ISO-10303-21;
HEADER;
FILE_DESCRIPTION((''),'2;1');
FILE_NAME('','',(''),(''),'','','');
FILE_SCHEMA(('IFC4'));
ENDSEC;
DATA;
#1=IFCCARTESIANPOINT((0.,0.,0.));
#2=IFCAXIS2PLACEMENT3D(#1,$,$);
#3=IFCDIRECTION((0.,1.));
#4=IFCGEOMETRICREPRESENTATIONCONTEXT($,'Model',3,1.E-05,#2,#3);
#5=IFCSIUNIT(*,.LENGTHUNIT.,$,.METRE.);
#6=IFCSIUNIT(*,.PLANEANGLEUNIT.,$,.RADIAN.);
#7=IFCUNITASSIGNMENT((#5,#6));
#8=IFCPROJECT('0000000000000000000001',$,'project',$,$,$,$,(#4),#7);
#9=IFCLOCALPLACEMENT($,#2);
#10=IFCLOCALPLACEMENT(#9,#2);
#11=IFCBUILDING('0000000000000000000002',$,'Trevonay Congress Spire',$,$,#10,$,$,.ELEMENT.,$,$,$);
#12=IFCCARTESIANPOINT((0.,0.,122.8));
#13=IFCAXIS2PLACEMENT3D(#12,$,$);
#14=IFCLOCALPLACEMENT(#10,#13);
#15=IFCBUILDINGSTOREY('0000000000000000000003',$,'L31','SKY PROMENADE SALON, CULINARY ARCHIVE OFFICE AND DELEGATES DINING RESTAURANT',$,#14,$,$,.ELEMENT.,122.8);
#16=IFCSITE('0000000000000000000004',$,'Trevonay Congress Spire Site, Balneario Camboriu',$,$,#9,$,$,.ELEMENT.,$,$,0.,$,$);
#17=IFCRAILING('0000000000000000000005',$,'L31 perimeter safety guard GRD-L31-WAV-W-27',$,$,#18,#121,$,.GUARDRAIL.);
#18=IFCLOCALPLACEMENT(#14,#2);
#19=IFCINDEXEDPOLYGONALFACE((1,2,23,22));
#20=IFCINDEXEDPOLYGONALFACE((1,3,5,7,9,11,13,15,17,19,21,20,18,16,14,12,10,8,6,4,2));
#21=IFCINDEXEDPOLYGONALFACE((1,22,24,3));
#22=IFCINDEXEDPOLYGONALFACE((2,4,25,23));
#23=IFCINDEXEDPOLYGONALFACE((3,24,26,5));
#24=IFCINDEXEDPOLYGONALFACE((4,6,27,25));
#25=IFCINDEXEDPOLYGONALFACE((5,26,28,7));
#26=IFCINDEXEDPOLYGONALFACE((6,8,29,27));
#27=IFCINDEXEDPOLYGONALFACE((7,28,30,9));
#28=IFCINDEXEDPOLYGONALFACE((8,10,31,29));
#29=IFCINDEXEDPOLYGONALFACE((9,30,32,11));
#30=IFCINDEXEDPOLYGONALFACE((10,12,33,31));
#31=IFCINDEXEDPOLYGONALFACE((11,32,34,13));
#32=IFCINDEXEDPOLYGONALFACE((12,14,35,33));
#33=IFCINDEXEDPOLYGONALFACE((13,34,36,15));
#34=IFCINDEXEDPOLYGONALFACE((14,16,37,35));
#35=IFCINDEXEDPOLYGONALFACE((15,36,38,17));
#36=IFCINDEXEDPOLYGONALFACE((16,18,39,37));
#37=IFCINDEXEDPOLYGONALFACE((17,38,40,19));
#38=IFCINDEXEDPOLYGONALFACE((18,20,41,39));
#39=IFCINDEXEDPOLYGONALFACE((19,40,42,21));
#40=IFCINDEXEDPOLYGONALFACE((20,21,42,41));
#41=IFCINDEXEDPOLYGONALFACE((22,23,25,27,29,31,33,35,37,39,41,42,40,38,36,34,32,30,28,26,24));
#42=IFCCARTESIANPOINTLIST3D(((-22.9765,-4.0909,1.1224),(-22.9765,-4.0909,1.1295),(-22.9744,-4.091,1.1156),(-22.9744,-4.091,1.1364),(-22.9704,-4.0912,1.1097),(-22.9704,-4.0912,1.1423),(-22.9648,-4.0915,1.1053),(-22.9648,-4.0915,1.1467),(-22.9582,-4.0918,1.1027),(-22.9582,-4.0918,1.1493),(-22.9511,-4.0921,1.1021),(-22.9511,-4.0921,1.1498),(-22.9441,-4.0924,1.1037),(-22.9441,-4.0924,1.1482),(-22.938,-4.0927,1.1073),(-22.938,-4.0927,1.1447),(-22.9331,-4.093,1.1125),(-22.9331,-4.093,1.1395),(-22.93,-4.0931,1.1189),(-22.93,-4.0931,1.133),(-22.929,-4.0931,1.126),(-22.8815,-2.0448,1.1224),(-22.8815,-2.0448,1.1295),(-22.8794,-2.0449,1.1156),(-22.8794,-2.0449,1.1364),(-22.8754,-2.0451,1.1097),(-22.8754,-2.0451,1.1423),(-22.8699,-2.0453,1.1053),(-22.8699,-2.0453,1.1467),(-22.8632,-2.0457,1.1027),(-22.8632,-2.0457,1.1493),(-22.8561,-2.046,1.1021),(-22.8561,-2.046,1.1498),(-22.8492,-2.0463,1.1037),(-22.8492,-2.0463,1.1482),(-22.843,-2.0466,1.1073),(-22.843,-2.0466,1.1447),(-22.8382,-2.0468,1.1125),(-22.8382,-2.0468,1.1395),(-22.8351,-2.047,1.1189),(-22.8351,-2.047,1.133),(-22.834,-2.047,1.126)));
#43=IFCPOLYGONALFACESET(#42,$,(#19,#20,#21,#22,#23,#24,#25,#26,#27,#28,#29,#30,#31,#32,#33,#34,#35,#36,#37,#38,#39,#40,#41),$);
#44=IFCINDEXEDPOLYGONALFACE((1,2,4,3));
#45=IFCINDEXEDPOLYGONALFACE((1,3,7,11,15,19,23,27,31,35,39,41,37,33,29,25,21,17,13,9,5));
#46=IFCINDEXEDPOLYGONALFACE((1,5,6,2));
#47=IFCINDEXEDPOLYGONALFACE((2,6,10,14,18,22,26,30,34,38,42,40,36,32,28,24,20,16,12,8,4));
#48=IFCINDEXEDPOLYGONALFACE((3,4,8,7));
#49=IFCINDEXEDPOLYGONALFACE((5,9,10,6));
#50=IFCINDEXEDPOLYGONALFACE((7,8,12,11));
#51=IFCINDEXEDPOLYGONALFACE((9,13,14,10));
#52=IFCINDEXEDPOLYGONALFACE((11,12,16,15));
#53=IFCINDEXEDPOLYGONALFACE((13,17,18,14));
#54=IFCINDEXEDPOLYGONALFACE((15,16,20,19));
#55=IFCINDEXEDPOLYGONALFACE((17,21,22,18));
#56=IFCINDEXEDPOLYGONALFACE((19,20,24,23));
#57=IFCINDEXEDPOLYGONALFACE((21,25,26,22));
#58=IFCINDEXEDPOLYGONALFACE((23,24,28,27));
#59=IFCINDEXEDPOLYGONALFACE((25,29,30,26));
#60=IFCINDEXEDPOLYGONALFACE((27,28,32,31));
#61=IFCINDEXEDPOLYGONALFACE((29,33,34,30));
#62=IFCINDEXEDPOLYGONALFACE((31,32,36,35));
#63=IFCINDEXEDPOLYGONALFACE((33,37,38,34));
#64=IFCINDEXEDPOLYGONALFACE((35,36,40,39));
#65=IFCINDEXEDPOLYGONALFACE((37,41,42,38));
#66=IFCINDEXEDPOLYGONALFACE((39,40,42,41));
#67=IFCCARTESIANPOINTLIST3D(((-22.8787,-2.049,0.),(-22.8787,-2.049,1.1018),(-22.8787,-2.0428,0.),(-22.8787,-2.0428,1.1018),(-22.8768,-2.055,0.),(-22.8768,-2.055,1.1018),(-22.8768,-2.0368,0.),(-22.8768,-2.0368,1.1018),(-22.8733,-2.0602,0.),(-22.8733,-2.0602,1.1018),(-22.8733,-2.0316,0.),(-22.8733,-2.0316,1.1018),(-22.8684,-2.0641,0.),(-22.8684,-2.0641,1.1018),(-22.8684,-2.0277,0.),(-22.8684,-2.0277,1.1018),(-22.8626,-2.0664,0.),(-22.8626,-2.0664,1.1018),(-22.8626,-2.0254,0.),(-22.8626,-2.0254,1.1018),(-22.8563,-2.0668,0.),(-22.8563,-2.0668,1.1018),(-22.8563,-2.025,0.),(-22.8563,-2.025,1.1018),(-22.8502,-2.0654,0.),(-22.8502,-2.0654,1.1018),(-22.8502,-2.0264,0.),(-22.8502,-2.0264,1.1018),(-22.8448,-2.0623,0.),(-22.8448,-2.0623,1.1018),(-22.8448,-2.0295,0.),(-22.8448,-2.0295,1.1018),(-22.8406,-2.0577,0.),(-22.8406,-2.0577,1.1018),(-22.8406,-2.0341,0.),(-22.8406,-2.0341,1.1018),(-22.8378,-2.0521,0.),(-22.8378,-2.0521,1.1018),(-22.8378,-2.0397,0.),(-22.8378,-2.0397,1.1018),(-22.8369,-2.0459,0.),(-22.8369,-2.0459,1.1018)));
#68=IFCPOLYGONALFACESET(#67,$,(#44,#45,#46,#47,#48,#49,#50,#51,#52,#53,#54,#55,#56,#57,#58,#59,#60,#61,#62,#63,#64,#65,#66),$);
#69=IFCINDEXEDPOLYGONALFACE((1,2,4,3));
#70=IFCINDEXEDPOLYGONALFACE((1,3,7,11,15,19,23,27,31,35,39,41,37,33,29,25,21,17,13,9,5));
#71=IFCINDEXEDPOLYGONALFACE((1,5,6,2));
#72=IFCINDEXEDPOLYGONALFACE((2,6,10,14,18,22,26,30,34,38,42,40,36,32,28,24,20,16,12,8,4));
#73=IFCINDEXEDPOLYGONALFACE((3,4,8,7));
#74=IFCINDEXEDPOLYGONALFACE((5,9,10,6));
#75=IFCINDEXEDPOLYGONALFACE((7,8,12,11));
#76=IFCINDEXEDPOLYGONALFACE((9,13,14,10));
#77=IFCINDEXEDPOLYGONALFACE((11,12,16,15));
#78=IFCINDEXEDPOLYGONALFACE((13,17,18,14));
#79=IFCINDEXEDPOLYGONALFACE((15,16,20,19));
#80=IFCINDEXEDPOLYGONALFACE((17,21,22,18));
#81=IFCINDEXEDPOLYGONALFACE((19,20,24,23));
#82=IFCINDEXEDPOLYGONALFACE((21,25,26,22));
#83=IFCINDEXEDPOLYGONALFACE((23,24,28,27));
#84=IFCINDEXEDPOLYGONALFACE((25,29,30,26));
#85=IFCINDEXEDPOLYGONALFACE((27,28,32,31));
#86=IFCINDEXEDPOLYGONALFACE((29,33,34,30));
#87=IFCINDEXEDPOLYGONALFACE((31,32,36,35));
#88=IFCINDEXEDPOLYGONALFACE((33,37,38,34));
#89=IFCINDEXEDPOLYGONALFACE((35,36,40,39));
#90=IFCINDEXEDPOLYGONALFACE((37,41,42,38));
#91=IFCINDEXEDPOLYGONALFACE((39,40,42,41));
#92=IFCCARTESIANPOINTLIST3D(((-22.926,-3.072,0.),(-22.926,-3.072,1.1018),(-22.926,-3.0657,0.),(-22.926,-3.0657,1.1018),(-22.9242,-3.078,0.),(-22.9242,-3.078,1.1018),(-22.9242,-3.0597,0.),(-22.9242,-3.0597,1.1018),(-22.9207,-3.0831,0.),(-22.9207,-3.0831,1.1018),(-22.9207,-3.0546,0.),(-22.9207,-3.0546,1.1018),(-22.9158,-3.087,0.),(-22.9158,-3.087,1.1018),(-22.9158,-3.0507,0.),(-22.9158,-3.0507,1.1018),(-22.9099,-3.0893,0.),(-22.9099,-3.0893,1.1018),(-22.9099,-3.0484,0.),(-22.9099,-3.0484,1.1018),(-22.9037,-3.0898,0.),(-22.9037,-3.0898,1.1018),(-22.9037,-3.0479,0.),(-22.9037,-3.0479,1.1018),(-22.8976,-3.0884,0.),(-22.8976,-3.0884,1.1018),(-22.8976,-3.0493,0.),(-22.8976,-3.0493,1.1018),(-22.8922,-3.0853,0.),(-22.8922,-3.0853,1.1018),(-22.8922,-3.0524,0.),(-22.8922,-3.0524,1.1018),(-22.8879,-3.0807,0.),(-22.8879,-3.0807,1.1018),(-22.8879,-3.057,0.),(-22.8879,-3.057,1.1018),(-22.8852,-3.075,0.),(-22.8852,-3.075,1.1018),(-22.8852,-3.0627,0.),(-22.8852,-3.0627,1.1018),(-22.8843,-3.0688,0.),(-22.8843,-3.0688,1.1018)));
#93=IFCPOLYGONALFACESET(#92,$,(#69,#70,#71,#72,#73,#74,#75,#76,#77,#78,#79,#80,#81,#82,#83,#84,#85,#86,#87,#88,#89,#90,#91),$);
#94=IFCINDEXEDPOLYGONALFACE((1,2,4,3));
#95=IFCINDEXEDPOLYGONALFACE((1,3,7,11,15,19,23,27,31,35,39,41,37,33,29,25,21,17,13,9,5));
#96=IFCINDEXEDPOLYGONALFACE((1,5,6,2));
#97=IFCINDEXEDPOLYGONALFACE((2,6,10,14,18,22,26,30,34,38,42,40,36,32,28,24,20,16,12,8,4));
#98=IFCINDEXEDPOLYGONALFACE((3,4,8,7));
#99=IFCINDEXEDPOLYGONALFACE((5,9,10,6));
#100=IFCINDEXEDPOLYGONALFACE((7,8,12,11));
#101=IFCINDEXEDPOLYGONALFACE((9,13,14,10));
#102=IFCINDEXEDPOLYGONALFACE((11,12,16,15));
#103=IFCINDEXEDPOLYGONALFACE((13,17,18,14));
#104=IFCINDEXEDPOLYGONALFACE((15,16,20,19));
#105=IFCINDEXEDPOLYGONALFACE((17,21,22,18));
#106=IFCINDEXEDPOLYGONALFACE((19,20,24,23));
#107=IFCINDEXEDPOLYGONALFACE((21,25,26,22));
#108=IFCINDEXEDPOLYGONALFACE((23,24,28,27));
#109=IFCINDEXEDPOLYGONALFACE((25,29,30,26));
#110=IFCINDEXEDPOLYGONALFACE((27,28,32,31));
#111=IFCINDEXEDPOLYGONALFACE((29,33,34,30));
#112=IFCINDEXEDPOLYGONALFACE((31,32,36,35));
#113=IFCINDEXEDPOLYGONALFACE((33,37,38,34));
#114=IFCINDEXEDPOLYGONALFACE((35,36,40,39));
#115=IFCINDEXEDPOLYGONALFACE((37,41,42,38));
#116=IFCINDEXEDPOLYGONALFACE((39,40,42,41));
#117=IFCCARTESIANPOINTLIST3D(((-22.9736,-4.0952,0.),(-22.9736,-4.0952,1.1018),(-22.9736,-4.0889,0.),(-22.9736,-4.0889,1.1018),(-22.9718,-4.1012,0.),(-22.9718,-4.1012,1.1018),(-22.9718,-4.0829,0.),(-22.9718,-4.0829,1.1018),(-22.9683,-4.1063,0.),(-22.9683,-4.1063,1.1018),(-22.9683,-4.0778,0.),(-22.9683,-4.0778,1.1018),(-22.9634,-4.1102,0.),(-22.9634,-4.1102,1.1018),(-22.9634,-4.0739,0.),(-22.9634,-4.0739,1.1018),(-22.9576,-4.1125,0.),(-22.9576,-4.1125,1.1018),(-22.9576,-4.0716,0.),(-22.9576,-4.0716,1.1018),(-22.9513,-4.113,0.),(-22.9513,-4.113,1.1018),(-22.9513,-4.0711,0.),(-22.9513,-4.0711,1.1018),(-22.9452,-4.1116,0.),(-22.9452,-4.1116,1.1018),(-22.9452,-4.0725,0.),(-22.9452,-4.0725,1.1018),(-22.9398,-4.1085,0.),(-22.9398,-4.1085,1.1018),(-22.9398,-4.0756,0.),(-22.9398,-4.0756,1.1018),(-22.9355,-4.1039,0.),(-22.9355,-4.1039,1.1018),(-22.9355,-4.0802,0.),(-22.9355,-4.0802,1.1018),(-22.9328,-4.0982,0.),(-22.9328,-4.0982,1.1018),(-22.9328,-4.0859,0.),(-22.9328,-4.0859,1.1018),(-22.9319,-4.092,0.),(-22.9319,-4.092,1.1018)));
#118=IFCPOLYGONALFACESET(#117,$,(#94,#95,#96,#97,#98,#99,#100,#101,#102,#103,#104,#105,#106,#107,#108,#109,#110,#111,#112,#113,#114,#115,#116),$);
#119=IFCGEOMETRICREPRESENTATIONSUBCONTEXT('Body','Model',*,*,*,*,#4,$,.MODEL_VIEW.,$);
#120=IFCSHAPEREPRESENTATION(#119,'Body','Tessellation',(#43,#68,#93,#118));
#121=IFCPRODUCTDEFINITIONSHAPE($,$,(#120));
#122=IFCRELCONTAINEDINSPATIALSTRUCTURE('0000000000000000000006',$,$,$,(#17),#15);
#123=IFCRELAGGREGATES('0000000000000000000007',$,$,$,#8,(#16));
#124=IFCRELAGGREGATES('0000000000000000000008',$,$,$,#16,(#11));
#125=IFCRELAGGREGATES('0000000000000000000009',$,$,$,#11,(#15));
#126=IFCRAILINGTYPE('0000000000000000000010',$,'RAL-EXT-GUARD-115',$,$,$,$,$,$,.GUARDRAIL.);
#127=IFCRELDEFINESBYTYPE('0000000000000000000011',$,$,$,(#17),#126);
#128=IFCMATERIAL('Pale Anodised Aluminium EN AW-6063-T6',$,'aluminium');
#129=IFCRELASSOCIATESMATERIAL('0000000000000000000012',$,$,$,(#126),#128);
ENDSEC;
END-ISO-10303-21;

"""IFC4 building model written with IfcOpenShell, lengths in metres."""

from ifc_helpers import new_model, si_unit, direction, frame, origin, origin_2d, place, context, subcontext, project, spatial, circle, extrude, material, type_object, element, save


model = new_model("IFC4")

# Units and contexts
model_context = context("Model", 3, precision=1e-05, world=origin(), true_north=direction((0.0, 1.0)))
body_context = subcontext(model_context, "Body", "Model", "MODEL_VIEW")
ifc_project = project(units=[si_unit("LENGTHUNIT", "METRE"), si_unit("PLANEANGLEUNIT", "RADIAN")], contexts=[model_context])

# Site, building, storey
site_placement = place(None, origin())
site = spatial("IfcSite", under=ifc_project, at=site_placement, Name="Trevonay Congress Spire Site, Balneario Camboriu", CompositionType="ELEMENT", RefElevation=0.0)
building_placement = place(site_placement, origin())
building = spatial("IfcBuilding", under=site, at=building_placement, Name="Trevonay Congress Spire", CompositionType="ELEMENT")
storey_placement = place(building_placement, frame((0.0, 0.0, 122.8)))
storey = spatial("IfcBuildingStorey", under=building, at=storey_placement, Name="L31", Description="SKY PROMENADE SALON, CULINARY ARCHIVE OFFICE AND DELEGATES DINING RESTAURANT", CompositionType="ELEMENT", Elevation=122.8)

# Shared definitions
ifc_material_1 = material(Name="Pale Anodised Aluminium EN AW-6063-T6", Category="aluminium")

# Railing
railing_type = type_object("IfcRailingType", Name="RAL-EXT-GUARD-115", PredefinedType="GUARDRAIL", material=ifc_material_1)
railing_1_placement = place(storey_placement, frame((-22.8579, -2.0459, 0.0)))
element("IfcRailing", 1, at=railing_1_placement, inside=storey, type_object=railing_type, Name="L31 perimeter safety guard GRD-L31-WAV-W-27", PredefinedType="GUARDRAIL", context=body_context, shape_type="SweptSolid", body=[
    extrude(circle(Radius=0.0239, at=origin_2d()), frame((0.0, 0.0, 1.126), z_axis=(-0.046365, -0.998925, 0.0), x_axis=(0.998925, -0.046365, 0.0)), (0.0, 0.0, 1.0), 2.0483),
    extrude(circle(Radius=0.021, at=origin_2d()), origin(), (0.0, 0.0, 1.0), 1.1018),
    extrude(circle(Radius=0.021, at=origin_2d()), frame((-0.0474, -1.0229, 0.0)), (0.0, 0.0, 1.0), 1.1018),
    extrude(circle(Radius=0.021, at=origin_2d()), frame((-0.095, -2.0461, 0.0)), (0.0, 0.0, 1.0), 1.1018),
])

save(model, "model.ifc")
